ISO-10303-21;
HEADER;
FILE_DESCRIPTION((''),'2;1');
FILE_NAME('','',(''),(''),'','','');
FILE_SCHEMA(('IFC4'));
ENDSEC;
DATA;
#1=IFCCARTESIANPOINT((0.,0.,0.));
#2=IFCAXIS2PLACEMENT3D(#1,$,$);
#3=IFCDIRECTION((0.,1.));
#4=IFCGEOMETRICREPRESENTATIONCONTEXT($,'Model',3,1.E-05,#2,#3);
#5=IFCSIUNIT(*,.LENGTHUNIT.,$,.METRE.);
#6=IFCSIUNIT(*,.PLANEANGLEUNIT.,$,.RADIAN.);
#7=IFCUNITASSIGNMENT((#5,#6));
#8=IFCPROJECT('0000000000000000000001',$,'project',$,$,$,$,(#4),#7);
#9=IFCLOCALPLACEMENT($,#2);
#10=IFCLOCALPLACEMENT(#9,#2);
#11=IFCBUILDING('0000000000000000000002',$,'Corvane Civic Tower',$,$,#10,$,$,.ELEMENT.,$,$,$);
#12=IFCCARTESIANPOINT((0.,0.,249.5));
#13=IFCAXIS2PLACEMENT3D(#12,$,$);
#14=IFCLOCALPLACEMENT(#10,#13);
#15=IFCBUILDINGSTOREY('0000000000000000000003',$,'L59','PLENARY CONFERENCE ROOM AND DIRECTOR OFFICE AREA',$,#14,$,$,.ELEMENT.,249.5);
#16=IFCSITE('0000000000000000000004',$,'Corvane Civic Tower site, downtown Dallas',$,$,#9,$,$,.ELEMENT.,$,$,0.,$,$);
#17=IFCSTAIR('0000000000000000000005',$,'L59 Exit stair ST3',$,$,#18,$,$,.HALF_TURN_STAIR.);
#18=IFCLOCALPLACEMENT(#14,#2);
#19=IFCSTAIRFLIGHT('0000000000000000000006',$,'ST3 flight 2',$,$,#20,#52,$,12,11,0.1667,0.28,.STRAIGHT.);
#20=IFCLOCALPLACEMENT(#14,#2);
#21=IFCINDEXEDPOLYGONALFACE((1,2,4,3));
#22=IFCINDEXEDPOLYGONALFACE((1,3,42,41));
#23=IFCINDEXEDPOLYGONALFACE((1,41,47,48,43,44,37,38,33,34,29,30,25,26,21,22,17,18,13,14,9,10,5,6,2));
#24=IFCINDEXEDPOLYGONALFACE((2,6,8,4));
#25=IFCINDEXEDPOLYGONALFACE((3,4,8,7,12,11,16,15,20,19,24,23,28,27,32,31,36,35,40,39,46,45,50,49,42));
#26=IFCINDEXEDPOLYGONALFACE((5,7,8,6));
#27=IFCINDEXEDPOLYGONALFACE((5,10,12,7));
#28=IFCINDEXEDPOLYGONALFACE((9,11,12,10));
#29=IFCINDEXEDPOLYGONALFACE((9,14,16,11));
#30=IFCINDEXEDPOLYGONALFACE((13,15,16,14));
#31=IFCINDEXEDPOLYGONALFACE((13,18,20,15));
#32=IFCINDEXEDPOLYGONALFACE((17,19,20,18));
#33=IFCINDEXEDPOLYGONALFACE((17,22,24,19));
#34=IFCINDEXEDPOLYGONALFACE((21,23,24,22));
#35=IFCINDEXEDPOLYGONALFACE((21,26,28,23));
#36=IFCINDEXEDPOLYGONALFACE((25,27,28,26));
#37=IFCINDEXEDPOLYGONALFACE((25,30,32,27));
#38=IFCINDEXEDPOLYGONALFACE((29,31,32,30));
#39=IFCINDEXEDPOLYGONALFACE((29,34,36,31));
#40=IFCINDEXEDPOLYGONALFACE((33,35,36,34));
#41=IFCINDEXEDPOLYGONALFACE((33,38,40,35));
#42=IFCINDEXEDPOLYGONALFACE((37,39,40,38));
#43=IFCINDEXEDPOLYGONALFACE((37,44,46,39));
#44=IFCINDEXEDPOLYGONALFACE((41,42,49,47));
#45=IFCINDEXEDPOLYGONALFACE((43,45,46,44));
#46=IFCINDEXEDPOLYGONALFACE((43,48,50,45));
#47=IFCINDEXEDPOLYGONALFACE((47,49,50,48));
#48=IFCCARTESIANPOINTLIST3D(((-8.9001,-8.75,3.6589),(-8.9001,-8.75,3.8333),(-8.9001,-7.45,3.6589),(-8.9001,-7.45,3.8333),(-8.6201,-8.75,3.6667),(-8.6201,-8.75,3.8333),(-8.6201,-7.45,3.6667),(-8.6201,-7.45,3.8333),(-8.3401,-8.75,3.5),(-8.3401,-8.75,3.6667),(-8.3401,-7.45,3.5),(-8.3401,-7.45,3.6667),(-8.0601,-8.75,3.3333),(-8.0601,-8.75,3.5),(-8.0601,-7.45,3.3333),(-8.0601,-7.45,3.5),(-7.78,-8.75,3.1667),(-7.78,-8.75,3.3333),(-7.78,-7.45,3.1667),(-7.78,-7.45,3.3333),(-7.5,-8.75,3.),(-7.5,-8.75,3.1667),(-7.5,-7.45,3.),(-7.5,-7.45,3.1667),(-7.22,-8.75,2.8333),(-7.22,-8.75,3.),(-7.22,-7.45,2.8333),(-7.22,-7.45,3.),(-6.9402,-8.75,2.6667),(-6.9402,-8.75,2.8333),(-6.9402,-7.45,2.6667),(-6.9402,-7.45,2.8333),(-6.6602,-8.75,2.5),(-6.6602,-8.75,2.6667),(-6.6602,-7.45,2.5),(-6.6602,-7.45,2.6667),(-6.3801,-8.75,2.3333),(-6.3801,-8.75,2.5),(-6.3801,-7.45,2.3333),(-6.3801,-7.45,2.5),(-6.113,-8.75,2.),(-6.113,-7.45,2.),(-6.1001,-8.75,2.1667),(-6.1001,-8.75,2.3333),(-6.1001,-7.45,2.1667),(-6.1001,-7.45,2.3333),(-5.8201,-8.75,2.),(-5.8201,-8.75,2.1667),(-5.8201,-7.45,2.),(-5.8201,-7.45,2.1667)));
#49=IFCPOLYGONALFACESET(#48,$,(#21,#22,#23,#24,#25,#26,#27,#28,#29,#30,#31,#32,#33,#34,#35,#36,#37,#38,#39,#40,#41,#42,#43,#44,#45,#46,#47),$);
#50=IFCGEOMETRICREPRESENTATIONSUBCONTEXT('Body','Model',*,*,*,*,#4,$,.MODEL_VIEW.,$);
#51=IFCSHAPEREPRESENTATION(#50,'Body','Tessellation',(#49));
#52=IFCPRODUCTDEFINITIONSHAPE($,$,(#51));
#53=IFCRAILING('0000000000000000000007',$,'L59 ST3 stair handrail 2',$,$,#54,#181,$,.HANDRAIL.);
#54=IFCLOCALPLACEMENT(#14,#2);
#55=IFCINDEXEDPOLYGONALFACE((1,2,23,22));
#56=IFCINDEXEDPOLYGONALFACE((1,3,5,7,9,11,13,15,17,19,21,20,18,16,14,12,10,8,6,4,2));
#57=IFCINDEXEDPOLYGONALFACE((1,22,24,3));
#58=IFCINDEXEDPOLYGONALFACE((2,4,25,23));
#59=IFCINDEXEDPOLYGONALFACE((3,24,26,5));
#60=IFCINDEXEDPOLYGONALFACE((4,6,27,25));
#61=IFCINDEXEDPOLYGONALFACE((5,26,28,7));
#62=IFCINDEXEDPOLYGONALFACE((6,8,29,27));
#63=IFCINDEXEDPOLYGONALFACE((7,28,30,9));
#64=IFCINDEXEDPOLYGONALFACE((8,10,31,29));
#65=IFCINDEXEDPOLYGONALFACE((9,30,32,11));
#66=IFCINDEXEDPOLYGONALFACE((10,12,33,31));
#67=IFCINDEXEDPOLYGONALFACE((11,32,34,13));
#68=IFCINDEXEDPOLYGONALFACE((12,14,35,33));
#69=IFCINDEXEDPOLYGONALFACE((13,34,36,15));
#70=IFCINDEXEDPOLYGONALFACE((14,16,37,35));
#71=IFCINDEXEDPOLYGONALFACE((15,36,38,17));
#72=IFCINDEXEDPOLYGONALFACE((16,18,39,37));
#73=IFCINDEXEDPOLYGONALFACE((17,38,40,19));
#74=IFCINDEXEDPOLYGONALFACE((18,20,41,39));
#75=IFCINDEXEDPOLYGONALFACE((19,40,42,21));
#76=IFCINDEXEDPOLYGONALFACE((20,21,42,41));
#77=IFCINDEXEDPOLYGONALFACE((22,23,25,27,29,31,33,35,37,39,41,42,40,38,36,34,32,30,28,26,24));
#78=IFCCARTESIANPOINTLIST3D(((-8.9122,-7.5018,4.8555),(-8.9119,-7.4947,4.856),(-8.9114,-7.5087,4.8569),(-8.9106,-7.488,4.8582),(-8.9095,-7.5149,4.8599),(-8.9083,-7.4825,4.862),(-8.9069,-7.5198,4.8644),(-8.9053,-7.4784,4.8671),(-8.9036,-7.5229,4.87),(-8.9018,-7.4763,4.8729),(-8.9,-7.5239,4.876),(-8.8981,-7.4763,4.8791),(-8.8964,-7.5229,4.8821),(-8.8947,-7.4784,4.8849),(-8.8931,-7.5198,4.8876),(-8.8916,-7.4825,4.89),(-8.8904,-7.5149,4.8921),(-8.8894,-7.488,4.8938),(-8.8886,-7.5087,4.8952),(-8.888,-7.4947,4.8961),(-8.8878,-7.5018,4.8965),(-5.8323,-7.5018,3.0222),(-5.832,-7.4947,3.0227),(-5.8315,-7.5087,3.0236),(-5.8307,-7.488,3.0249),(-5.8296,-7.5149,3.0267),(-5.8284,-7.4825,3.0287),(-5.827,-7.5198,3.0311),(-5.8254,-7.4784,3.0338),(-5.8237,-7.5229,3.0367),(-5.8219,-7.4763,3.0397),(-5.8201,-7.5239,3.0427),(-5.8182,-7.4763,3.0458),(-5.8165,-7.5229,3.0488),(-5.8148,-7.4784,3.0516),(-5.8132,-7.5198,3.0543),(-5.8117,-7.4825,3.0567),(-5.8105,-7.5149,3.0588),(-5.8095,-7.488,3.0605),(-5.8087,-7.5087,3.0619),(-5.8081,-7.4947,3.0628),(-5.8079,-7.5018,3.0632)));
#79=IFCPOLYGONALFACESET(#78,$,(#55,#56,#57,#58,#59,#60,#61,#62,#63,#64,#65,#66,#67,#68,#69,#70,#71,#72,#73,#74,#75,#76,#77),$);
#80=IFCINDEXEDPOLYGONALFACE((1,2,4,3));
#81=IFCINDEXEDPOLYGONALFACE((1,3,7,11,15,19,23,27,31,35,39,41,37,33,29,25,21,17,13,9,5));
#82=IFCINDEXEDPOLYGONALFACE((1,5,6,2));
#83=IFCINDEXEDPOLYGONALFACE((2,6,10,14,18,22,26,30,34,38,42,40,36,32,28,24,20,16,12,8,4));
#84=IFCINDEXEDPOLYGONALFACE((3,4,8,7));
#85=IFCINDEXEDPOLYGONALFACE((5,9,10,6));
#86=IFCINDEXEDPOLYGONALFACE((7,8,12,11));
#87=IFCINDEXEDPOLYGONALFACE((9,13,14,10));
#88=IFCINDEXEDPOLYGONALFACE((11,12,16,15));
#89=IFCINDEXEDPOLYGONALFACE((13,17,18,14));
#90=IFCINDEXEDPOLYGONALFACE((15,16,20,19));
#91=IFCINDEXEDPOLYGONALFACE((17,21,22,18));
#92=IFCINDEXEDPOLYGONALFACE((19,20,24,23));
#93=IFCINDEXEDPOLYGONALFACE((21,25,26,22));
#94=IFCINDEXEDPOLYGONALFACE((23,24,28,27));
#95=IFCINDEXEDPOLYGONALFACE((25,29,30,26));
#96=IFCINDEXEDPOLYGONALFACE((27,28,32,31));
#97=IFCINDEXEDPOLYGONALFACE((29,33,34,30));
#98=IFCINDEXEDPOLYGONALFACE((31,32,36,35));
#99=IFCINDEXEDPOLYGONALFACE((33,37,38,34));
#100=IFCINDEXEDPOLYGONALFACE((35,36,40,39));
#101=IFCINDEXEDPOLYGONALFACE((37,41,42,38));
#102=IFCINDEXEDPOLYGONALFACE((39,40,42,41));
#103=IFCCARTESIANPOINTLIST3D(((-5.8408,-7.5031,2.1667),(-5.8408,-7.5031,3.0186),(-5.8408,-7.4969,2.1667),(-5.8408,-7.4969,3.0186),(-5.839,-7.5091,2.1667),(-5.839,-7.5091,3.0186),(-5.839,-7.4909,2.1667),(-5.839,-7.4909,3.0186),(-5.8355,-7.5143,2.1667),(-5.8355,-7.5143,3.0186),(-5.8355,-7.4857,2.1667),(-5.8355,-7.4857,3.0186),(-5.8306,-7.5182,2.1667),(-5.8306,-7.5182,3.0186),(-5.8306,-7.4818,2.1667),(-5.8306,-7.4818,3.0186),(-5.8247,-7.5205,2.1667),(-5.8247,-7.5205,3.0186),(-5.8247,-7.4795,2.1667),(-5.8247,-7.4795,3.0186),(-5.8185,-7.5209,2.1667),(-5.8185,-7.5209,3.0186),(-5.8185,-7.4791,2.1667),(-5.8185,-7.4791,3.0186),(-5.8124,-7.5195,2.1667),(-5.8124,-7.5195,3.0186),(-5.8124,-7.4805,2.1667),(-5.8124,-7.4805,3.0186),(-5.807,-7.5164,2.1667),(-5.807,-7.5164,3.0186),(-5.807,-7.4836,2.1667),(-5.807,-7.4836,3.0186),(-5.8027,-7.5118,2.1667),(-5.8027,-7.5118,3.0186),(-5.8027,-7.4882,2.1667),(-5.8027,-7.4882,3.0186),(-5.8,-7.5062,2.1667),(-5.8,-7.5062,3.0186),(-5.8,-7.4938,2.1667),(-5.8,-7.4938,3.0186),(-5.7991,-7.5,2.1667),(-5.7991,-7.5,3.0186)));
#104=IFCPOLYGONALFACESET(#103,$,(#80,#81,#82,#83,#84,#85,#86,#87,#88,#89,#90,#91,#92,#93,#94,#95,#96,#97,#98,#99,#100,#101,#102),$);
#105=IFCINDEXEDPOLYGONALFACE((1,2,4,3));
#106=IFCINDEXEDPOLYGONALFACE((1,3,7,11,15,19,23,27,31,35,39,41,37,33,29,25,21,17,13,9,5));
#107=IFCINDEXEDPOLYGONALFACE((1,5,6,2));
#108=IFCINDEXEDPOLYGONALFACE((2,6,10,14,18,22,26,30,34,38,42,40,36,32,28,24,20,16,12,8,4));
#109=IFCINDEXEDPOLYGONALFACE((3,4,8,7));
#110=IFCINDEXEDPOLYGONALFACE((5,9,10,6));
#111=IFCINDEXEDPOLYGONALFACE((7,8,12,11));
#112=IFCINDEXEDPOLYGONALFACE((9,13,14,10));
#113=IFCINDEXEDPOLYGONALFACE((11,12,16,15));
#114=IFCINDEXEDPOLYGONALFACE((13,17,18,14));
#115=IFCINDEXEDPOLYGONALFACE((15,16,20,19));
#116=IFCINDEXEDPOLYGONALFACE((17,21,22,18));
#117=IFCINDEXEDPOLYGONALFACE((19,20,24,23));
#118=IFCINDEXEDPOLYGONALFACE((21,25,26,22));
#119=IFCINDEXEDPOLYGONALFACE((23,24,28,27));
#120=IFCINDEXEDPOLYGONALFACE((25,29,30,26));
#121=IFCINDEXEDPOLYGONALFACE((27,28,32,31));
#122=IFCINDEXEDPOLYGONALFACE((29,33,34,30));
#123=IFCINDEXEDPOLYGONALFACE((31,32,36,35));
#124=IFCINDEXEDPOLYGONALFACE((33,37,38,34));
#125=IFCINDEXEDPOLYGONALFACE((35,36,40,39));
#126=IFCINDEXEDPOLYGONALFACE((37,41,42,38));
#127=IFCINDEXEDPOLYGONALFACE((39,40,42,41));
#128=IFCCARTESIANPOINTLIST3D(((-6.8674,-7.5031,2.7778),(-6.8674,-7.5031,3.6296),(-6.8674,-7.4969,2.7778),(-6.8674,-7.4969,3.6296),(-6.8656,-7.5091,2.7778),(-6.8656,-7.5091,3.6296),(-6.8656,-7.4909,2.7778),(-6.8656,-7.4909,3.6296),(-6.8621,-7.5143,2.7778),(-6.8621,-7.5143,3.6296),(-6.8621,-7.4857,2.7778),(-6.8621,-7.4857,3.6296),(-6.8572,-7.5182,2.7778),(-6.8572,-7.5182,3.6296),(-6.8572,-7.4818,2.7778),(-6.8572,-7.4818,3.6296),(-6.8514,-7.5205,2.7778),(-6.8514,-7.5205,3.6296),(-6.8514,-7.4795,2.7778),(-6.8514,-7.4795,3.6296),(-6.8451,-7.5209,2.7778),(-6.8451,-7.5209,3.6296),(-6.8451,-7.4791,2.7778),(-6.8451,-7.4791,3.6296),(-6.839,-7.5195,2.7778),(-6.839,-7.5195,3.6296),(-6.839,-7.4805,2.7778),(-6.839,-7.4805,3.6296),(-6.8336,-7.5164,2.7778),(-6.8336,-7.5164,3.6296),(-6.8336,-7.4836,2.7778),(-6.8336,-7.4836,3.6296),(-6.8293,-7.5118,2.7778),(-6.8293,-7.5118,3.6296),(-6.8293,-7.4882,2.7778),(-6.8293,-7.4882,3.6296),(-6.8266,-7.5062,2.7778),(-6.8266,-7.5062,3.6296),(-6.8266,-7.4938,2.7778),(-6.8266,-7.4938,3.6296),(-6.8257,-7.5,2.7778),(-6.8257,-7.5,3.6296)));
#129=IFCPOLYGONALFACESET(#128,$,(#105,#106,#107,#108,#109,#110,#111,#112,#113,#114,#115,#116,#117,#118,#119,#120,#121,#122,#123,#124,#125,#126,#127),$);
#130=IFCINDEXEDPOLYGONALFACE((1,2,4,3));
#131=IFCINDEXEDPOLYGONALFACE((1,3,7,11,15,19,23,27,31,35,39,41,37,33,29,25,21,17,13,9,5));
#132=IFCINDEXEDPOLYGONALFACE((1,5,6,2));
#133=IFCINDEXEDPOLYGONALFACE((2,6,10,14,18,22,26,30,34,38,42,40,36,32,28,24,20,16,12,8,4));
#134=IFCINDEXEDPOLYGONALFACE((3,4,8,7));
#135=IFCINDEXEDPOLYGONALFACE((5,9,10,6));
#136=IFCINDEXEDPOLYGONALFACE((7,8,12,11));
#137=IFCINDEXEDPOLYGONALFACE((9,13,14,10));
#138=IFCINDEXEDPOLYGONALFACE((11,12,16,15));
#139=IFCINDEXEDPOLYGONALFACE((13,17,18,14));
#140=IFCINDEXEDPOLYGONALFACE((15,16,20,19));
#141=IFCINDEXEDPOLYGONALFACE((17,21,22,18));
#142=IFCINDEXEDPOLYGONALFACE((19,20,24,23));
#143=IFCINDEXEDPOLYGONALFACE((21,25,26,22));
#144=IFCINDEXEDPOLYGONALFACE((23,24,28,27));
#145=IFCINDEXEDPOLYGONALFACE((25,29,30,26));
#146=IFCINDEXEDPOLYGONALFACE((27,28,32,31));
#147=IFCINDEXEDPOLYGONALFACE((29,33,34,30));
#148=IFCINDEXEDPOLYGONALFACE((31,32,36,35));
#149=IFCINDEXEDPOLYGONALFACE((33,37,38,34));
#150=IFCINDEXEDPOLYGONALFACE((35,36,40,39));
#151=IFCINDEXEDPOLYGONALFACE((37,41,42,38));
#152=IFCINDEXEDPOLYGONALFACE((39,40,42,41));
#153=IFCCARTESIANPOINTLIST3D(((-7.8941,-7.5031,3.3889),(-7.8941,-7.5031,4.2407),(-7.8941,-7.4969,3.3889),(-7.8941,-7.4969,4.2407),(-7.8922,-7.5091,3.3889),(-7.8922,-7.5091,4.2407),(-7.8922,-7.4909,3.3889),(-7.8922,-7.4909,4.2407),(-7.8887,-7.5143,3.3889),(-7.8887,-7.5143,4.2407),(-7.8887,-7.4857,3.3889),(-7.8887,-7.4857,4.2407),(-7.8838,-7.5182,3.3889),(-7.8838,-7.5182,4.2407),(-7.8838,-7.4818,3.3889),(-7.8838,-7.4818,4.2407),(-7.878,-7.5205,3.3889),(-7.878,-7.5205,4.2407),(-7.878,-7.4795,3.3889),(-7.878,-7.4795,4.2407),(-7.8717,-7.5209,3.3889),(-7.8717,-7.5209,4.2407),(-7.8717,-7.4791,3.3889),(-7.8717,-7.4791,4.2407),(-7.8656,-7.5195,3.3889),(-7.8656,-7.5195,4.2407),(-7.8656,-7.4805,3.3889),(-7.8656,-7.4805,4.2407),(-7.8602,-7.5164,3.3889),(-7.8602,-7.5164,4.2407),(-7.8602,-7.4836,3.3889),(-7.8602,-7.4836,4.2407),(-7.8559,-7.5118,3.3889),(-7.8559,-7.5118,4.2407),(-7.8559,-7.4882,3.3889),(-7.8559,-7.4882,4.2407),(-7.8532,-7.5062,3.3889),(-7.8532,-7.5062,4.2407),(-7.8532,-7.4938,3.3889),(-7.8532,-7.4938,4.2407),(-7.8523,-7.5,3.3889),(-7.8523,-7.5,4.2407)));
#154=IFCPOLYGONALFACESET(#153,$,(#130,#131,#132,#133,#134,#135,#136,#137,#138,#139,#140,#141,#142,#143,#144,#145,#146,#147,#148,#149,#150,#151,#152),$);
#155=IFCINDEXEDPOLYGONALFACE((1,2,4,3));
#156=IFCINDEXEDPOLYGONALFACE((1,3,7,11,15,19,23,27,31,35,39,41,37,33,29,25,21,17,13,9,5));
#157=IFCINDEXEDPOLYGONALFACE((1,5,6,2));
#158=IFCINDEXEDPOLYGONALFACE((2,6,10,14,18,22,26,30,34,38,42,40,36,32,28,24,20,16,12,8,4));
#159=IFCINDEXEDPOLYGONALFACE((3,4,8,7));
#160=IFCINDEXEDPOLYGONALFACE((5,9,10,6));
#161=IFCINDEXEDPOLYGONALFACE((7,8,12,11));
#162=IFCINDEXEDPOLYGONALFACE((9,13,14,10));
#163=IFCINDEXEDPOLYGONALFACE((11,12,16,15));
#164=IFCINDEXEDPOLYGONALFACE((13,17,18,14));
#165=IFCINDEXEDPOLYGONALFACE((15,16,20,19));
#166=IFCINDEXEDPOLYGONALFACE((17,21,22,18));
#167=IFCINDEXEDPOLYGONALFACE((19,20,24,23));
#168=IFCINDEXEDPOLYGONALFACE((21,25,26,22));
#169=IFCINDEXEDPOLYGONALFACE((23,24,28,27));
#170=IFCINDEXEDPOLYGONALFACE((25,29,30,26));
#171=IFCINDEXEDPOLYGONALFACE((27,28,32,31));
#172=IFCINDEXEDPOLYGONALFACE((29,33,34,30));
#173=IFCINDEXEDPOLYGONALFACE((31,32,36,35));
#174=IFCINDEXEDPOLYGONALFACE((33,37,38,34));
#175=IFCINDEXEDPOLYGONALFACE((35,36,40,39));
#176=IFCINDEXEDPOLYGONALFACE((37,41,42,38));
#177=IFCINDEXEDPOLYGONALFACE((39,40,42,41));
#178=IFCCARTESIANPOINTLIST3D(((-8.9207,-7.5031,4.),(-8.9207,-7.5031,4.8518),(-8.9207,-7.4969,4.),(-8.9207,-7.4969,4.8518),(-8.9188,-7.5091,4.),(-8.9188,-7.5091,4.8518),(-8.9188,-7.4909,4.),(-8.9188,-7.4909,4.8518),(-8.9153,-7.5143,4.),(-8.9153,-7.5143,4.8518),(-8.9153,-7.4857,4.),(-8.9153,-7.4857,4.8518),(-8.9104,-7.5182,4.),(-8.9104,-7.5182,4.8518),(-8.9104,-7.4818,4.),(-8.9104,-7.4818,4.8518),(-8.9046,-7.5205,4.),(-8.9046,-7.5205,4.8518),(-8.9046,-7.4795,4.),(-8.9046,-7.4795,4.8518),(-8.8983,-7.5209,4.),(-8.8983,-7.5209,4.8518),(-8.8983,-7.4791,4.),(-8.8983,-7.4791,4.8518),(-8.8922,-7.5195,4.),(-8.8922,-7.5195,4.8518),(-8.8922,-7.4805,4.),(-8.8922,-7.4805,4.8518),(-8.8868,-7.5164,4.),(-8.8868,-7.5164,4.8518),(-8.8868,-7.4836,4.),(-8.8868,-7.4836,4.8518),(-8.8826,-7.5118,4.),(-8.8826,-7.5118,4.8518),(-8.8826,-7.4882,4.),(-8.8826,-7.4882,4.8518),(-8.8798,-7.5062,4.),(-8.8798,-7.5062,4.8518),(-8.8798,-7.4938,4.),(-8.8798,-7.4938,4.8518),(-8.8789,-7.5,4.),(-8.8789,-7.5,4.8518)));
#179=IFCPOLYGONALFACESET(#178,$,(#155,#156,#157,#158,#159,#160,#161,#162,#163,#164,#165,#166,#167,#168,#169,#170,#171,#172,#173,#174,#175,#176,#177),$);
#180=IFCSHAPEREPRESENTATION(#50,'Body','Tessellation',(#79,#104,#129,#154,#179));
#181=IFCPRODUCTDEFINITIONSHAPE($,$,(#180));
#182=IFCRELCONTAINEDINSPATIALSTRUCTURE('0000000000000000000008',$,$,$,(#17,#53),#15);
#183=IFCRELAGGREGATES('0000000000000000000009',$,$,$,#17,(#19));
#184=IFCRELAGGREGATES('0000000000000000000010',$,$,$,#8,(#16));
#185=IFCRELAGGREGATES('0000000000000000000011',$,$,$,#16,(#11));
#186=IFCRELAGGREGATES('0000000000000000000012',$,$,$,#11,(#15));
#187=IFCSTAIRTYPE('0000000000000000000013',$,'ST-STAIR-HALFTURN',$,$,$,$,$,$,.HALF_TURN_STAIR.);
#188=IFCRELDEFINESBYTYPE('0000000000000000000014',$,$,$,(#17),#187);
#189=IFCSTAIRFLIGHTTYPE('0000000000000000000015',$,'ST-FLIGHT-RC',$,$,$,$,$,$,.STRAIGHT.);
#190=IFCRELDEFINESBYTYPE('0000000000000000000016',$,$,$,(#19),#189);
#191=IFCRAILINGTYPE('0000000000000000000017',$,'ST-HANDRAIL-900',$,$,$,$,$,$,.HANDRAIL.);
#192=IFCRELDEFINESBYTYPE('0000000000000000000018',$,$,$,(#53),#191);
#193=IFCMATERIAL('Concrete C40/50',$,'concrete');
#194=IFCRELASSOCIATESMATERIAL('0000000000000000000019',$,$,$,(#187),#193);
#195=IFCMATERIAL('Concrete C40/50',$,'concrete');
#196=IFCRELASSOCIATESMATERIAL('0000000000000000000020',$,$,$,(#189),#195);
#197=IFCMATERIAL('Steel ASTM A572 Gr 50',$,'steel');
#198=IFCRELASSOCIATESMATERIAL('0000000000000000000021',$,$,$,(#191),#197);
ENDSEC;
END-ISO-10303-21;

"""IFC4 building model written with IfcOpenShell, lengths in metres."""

from ifc_helpers import new_model, si_unit, direction, frame, origin, origin_2d, place, context, subcontext, project, spatial, polyline, circle, outline, extrude, material, type_object, element, aggregate, save


model = new_model("IFC4")

# Units and contexts
model_context = context("Model", 3, precision=1e-05, world=origin(), true_north=direction((0.0, 1.0)))
body_context = subcontext(model_context, "Body", "Model", "MODEL_VIEW")
ifc_project = project(units=[si_unit("LENGTHUNIT", "METRE"), si_unit("PLANEANGLEUNIT", "RADIAN")], contexts=[model_context])

# Site, building, storey
site_placement = place(None, origin())
site = spatial("IfcSite", under=ifc_project, at=site_placement, Name="Corvane Civic Tower site, downtown Dallas", CompositionType="ELEMENT", RefElevation=0.0)
building_placement = place(site_placement, origin())
building = spatial("IfcBuilding", under=site, at=building_placement, Name="Corvane Civic Tower", CompositionType="ELEMENT")
storey_placement = place(building_placement, frame((0.0, 0.0, 249.5)))
storey = spatial("IfcBuildingStorey", under=building, at=storey_placement, Name="L59", Description="PLENARY CONFERENCE ROOM AND DIRECTOR OFFICE AREA", CompositionType="ELEMENT", Elevation=249.5)

# Stair
ifc_material_1 = material(Name="Concrete C40/50", Category="concrete")
stair_type = type_object("IfcStairType", Name="ST-STAIR-HALFTURN", PredefinedType="HALF_TURN_STAIR", material=ifc_material_1)
stair_1_placement = place(storey_placement, origin())
stair_1 = element("IfcStair", 1, at=stair_1_placement, inside=storey, type_object=stair_type, Name="L59 Exit stair ST3", PredefinedType="HALF_TURN_STAIR")

# Stair flight
ifc_material_2 = material(Name="Concrete C40/50", Category="concrete")
stair_flight_type = type_object("IfcStairFlightType", Name="ST-FLIGHT-RC", PredefinedType="STRAIGHT", material=ifc_material_2)
stair_flight_placement = place(storey_placement, frame((-5.8201, -8.1001, 2.0), z_axis=(0.0, 0.0, 1.0), x_axis=(-1.0, 0.0, 0.0)))
stair_flight = element("IfcStairFlight", 2, at=stair_flight_placement, type_object=stair_flight_type, Name="ST3 flight 2", NumberOfRisers=12, NumberOfTreads=11, PredefinedType="STRAIGHT", RiserHeight=0.1667, TreadLength=0.28, context=body_context, shape_type="SweptSolid", body=[
    extrude(outline(polyline([(0.0, 0.0), (0.0, 0.1667), (0.28, 0.1667), (0.28, 0.3333), (0.5601, 0.3333), (0.5601, 0.5), (0.8401, 0.5), (0.8401, 0.6667), (1.1201, 0.6667), (1.1201, 0.8333), (1.3999, 0.8333), (1.3999, 1.0), (1.6799, 1.0), (1.6799, 1.1667), (1.96, 1.1667), (1.96, 1.3333), (2.24, 1.3333), (2.24, 1.5), (2.52, 1.5), (2.52, 1.6667), (2.8, 1.6667), (2.8, 1.8333), (3.0801, 1.8333), (3.0801, 2.0), (3.0801, 1.6589), (0.293, 0.0), (0.0, 0.0)])), frame((0.0, 0.6499, 0.0), z_axis=(0.0, -1.0, 0.0), x_axis=(1.0, 0.0, 0.0)), (0.0, 0.0, 1.0), 1.3),
])
aggregate(stair_1, [stair_flight])

# Railing
ifc_material_3 = material(Name="Steel ASTM A572 Gr 50", Category="steel")
railing_type = type_object("IfcRailingType", Name="ST-HANDRAIL-900", PredefinedType="HANDRAIL", material=ifc_material_3)
railing_placement = place(storey_placement, frame((-5.8201, -7.5, 2.1667)))
element("IfcRailing", 3, at=railing_placement, inside=storey, type_object=railing_type, Name="L59 ST3 stair handrail 2", PredefinedType="HANDRAIL", context=body_context, shape_type="SweptSolid", body=[
    extrude(circle(Radius=0.0239, at=origin_2d()), frame((0.0, 0.0, 0.876), z_axis=(-0.859291, 0.0, 0.511487), x_axis=(0.0, -1.0, 0.0)), (0.0, 0.0, 1.0), 3.5842),
    extrude(circle(Radius=0.021, at=origin_2d()), origin(), (0.0, 0.0, 1.0), 0.8518),
    extrude(circle(Radius=0.021, at=origin_2d()), frame((-1.0266, 0.0, 0.6111)), (0.0, 0.0, 1.0), 0.8518),
    extrude(circle(Radius=0.021, at=origin_2d()), frame((-2.0532, 0.0, 1.2222)), (0.0, 0.0, 1.0), 0.8518),
    extrude(circle(Radius=0.021, at=origin_2d()), frame((-3.0798, 0.0, 1.8333)), (0.0, 0.0, 1.0), 0.8518),
])

save(model, "model.ifc")
